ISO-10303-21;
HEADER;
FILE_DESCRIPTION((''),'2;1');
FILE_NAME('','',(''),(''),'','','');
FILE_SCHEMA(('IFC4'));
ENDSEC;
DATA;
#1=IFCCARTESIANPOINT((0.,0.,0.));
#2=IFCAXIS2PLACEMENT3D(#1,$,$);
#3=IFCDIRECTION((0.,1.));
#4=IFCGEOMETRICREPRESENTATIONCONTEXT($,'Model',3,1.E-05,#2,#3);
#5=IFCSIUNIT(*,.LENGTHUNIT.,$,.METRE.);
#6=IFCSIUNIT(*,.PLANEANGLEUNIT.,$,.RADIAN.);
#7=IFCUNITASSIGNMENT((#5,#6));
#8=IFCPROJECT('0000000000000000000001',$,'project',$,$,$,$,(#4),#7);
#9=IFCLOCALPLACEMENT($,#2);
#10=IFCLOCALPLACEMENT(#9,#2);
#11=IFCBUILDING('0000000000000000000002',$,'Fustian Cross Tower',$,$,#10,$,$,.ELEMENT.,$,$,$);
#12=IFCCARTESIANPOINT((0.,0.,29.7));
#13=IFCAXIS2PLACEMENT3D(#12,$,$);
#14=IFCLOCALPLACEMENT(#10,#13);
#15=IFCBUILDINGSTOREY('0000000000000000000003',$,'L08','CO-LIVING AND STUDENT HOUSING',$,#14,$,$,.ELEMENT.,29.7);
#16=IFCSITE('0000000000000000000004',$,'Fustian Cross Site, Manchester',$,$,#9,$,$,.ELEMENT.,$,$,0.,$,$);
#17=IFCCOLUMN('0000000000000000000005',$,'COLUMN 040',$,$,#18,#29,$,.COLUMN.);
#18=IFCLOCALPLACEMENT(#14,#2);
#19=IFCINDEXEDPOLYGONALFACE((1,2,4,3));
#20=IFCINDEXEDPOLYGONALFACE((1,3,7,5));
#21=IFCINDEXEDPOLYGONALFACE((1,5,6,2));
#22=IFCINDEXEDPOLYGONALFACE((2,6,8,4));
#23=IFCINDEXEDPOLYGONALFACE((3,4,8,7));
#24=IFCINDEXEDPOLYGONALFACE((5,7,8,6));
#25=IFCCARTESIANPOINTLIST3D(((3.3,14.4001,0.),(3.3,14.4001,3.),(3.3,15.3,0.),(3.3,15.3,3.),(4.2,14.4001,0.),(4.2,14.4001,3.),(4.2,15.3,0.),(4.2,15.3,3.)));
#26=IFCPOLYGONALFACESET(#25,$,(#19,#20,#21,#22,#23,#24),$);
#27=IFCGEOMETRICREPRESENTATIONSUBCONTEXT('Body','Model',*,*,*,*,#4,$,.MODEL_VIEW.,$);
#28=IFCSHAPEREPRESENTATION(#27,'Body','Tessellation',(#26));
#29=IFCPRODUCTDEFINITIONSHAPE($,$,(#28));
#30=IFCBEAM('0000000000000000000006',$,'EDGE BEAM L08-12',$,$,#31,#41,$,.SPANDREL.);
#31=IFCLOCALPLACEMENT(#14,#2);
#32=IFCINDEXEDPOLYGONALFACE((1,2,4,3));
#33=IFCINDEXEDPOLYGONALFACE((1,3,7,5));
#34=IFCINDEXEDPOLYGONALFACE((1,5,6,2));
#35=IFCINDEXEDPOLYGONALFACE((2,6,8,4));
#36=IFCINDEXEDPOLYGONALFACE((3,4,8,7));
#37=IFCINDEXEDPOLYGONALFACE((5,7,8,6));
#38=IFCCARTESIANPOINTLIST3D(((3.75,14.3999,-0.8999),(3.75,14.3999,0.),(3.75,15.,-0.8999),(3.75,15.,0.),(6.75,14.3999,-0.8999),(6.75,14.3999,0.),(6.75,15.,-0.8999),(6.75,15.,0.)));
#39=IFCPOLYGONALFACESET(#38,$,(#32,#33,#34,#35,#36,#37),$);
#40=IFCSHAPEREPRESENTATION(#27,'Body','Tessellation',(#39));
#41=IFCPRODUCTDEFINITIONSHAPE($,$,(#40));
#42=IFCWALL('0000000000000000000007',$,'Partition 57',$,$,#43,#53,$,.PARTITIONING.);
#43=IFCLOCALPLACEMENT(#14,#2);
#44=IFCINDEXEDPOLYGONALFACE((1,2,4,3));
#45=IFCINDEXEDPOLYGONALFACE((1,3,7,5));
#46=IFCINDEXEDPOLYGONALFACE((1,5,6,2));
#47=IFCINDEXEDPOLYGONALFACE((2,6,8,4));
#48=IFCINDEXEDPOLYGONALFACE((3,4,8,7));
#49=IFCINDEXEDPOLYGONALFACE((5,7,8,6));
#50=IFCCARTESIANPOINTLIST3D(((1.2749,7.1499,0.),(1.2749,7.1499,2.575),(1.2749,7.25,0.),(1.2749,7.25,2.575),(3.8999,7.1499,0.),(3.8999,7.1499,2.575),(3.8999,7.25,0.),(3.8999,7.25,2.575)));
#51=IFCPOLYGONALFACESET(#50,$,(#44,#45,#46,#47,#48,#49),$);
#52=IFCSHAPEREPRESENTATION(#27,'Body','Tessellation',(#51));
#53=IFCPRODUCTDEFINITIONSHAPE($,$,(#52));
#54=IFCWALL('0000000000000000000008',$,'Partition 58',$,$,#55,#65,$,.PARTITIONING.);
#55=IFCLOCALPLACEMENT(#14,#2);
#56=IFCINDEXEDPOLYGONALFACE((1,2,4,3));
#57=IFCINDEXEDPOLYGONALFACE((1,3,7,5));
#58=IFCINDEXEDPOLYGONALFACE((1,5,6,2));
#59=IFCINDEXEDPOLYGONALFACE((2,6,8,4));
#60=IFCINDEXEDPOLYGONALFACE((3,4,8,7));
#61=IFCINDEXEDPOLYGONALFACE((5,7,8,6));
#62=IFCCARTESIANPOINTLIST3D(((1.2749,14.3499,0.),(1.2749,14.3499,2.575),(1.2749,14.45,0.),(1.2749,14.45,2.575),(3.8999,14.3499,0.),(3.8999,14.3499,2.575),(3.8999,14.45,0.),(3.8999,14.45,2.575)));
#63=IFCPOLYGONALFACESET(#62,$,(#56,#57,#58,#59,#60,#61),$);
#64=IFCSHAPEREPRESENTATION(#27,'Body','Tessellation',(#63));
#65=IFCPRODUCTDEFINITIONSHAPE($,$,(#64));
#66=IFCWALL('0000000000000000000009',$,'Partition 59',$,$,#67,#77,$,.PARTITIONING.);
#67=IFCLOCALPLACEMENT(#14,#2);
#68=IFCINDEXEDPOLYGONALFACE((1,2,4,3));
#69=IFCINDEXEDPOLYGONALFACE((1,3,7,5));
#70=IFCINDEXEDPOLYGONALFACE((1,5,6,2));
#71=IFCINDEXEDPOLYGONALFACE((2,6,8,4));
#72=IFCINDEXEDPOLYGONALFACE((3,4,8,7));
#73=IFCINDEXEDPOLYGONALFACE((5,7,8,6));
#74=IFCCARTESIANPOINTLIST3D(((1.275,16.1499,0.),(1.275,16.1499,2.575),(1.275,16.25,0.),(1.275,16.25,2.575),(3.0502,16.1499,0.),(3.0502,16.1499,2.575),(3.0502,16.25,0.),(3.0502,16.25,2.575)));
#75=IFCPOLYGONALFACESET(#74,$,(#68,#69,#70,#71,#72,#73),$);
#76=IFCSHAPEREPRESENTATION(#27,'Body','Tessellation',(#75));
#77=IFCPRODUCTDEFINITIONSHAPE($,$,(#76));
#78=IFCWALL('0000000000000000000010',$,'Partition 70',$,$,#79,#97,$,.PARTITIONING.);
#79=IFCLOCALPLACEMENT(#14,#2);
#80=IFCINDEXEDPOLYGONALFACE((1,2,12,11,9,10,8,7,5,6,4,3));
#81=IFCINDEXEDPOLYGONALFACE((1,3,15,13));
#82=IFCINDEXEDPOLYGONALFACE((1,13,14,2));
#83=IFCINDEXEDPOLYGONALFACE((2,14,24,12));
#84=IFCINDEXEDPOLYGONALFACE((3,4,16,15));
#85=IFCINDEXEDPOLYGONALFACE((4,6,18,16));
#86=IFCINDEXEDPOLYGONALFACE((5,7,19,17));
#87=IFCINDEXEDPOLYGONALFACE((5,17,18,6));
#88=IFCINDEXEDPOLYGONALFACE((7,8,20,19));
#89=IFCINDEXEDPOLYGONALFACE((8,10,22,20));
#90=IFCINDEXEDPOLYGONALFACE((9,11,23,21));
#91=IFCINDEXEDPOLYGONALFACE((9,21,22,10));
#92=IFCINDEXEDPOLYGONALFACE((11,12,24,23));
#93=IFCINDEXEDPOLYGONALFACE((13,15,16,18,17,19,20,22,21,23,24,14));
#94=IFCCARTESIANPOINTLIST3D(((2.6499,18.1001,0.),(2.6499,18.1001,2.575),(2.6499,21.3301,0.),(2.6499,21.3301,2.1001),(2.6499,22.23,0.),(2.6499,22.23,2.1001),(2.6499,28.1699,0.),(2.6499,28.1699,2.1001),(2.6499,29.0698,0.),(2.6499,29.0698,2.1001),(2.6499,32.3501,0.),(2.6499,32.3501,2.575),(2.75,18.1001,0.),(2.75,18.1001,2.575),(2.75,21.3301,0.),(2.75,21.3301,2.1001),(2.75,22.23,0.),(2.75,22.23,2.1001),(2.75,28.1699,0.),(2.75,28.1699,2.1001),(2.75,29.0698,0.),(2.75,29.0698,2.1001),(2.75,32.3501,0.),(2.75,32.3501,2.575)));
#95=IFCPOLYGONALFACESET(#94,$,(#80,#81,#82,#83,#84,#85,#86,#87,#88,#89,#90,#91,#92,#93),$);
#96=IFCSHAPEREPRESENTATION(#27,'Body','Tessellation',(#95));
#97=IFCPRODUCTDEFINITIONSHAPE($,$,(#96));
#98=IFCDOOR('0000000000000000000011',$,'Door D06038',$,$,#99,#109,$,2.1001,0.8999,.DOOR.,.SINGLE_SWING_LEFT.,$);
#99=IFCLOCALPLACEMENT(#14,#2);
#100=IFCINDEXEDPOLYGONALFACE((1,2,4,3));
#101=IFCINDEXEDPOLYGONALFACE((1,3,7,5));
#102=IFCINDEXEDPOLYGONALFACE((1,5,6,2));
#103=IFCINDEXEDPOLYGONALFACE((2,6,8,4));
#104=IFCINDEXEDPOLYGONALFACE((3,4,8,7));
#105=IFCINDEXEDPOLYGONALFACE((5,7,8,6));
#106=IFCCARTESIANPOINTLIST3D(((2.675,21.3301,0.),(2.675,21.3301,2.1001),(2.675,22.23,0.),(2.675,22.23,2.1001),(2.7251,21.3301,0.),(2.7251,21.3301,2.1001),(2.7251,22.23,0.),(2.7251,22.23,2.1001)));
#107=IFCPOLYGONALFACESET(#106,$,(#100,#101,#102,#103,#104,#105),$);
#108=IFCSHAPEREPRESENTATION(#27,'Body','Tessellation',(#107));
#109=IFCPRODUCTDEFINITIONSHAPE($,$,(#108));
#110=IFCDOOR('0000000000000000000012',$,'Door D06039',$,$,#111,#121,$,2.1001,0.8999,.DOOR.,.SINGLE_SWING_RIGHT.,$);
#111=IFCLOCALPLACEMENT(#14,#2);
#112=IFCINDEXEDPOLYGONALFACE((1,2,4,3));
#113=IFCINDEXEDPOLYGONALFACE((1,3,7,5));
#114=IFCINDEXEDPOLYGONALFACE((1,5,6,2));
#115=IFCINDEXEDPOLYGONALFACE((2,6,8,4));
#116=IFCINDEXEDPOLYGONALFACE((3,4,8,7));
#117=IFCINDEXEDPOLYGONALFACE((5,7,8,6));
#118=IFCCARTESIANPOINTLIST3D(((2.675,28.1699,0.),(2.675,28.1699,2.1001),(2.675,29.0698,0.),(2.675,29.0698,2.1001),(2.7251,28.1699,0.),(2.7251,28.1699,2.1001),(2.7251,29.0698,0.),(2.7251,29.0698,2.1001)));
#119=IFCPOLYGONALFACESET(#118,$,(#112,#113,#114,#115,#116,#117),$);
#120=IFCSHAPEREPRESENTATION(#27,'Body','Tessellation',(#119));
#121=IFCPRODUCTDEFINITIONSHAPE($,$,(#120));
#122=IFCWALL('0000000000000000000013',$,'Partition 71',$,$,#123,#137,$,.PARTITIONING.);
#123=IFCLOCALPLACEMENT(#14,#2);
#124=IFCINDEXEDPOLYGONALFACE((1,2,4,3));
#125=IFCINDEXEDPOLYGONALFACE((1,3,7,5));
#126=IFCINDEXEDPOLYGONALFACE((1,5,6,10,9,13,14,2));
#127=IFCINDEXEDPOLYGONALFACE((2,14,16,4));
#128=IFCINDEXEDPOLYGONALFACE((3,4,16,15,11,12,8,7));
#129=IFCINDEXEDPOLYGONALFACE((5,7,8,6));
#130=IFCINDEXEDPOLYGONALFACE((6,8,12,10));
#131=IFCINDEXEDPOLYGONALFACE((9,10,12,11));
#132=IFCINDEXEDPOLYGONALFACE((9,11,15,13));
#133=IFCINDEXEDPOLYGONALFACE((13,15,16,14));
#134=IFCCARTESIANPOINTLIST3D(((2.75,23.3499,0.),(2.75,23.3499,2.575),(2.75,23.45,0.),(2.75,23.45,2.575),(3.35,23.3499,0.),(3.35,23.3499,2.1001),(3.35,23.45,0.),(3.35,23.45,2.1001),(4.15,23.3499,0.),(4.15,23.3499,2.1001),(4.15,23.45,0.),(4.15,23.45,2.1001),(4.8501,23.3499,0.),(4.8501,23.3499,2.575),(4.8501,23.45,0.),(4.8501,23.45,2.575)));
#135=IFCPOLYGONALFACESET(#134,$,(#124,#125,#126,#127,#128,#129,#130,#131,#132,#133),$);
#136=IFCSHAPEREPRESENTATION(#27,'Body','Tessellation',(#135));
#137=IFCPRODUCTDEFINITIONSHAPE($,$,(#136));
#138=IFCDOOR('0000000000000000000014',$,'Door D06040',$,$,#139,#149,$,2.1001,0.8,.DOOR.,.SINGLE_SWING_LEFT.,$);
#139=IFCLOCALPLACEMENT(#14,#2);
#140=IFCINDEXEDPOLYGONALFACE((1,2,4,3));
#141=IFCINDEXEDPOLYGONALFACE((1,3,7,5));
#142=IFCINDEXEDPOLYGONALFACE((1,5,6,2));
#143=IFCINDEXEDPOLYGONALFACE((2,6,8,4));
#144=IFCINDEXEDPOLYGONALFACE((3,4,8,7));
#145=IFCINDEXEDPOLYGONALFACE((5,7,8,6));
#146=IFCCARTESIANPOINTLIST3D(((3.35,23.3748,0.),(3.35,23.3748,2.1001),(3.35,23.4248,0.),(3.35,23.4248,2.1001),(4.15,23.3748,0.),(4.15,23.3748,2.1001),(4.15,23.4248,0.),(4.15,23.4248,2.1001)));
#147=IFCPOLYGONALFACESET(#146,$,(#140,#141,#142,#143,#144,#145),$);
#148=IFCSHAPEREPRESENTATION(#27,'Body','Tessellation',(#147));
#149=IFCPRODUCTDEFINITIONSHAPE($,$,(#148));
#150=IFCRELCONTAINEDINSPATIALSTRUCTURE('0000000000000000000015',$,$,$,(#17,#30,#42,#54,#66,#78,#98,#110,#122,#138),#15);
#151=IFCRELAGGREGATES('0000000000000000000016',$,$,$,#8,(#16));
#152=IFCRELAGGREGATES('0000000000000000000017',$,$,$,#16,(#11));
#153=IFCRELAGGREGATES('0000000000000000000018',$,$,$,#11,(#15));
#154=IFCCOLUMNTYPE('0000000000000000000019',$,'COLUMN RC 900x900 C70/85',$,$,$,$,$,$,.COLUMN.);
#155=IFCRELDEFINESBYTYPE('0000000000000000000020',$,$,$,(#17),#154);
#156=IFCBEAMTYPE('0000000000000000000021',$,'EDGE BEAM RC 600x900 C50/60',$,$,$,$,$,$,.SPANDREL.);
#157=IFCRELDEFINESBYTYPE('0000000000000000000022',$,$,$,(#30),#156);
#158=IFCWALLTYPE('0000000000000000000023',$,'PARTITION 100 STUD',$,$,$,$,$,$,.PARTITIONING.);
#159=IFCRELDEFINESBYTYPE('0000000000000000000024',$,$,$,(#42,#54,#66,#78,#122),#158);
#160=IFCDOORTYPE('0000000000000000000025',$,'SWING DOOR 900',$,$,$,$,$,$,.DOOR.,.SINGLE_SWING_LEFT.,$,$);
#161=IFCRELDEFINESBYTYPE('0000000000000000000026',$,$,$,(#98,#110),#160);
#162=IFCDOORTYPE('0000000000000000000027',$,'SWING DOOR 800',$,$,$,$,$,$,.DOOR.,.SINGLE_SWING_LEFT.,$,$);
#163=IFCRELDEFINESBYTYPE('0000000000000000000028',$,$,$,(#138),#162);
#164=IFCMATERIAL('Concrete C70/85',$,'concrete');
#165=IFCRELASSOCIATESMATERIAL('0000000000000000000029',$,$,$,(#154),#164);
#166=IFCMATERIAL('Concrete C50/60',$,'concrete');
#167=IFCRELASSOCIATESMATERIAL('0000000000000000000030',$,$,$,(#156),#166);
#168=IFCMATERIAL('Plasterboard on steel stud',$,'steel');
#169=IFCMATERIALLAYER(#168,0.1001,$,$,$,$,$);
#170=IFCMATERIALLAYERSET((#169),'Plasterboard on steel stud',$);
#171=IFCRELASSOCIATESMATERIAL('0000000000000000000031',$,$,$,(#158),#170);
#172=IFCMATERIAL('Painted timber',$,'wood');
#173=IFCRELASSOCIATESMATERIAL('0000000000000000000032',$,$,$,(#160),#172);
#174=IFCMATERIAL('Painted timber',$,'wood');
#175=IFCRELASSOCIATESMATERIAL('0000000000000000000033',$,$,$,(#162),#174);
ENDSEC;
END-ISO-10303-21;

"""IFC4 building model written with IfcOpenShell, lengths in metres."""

from ifc_helpers import new_model, si_unit, direction, frame, frame_2d, origin, origin_2d, place, context, subcontext, project, spatial, rectangle, extrude, material, layer, layer_set, material_profile, profile_set, type_object, element, fill, save


model = new_model("IFC4")

# Units and contexts
model_context = context("Model", 3, precision=1e-05, world=origin(), true_north=direction((0.0, 1.0)))
body_context = subcontext(model_context, "Body", "Model", "MODEL_VIEW")
ifc_project = project(units=[si_unit("LENGTHUNIT", "METRE"), si_unit("PLANEANGLEUNIT", "RADIAN")], contexts=[model_context])

# Site, building, storey
site_placement = place(None, origin())
site = spatial("IfcSite", under=ifc_project, at=site_placement, Name="Fustian Cross Site, Manchester", CompositionType="ELEMENT", RefElevation=0.0)
building_placement = place(site_placement, origin())
building = spatial("IfcBuilding", under=site, at=building_placement, Name="Fustian Cross Tower", CompositionType="ELEMENT")
storey_placement = place(building_placement, frame((0.0, 0.0, 29.7)))
storey = spatial("IfcBuildingStorey", under=building, at=storey_placement, Name="L08", Description="CO-LIVING AND STUDENT HOUSING", CompositionType="ELEMENT", Elevation=29.7)

# Column
ifc_material_1 = material(Name="Concrete C70/85", Category="concrete")
ifc_material_profile_1 = material_profile(ifc_material_1, rectangle(XDim=0.8999, YDim=0.8999, at=origin_2d()), Name="RC 900x900")
ifc_profile_set_1 = profile_set([ifc_material_profile_1], Name="Concrete C70/85")
column_type = type_object("IfcColumnType", Name="COLUMN RC 900x900 C70/85", PredefinedType="COLUMN", material=ifc_profile_set_1)
column_placement = place(storey_placement, frame((3.75, 14.8501, 0.0), z_axis=(0.0, 0.0, 1.0), x_axis=(1.0, 0.0, 0.0)))
element("IfcColumn", 1, at=column_placement, inside=storey, type_object=column_type, Name="COLUMN 040", PredefinedType="COLUMN", context=body_context, shape_type="SweptSolid", body=[
    extrude(rectangle(XDim=0.8999, YDim=0.8999, at=origin_2d()), origin(), (0.0, 0.0, 1.0), 3.0),
])

# Beam
ifc_material_2 = material(Name="Concrete C50/60", Category="concrete")
ifc_material_profile_2 = material_profile(ifc_material_2, rectangle(XDim=0.6001, YDim=0.8999, at=origin_2d()), Name="RC 600x900")
ifc_profile_set_2 = profile_set([ifc_material_profile_2], Name="Concrete C50/60")
beam_type = type_object("IfcBeamType", Name="EDGE BEAM RC 600x900 C50/60", PredefinedType="SPANDREL", material=ifc_profile_set_2)
beam_placement = place(storey_placement, frame((3.75, 14.7, -0.45), z_axis=(1.0, 0.0, 0.0), x_axis=(0.0, 1.0, 0.0)))
element("IfcBeam", 2, at=beam_placement, inside=storey, type_object=beam_type, Name="EDGE BEAM L08-12", PredefinedType="SPANDREL", context=body_context, shape_type="SweptSolid", body=[
    extrude(rectangle(XDim=0.6001, YDim=0.8999, at=origin_2d()), origin(), (0.0, 0.0, 1.0), 3.0),
])

# Walls
ifc_material_3 = material(Name="Plasterboard on steel stud", Category="steel")
ifc_layer_1 = layer(ifc_material_3, 0.1001)
ifc_layer_set_1 = layer_set([ifc_layer_1], Name="Plasterboard on steel stud")
wall_type_1 = type_object("IfcWallType", Name="PARTITION 100 STUD", PredefinedType="PARTITIONING", material=ifc_layer_set_1)
for number, where, z_axis, x_axis, name in (
    (3, (1.2749, 7.2, 0.0), (0.0, 0.0, 1.0), (1.0, 0.0, 0.0), "Partition 57"),
    (4, (1.2749, 14.3999, 0.0), (0.0, 0.0, 1.0), (1.0, 0.0, 0.0), "Partition 58"),
):
    element("IfcWall", number, at=place(storey_placement, frame(where, z_axis=z_axis, x_axis=x_axis)), inside=storey, type_object=wall_type_1, Name=name, PredefinedType="PARTITIONING", context=body_context, shape_type="SweptSolid", body=[
        extrude(rectangle(XDim=2.625, YDim=0.1001, at=frame_2d((1.3125, 0.0))), origin(), (0.0, 0.0, 1.0), 2.575),
    ])
wall_1_placement = place(storey_placement, frame((1.2749, 16.2, 0.0), z_axis=(0.0, 0.0, 1.0), x_axis=(1.0, 0.0, 0.0)))
element("IfcWall", 5, at=wall_1_placement, inside=storey, type_object=wall_type_1, Name="Partition 59", PredefinedType="PARTITIONING", context=body_context, shape_type="SweptSolid", body=[
    extrude(rectangle(XDim=1.7751, YDim=0.1001, at=frame_2d((0.8877, 0.0))), origin(), (0.0, 0.0, 1.0), 2.575),
])

# Wall, openings, doors
wall_2_placement = place(storey_placement, frame((2.7, 18.1001, 0.0), z_axis=(0.0, 0.0, 1.0), x_axis=(0.0, 1.0, 0.0)))
wall_2 = element("IfcWall", 6, at=wall_2_placement, inside=storey, type_object=wall_type_1, Name="Partition 70", PredefinedType="PARTITIONING", context=body_context, shape_type="SweptSolid", body=[
    extrude(rectangle(XDim=14.25, YDim=0.1001, at=frame_2d((7.125, 0.0))), origin(), (0.0, 0.0, 1.0), 2.575),
])
opening_1_placement = place(wall_2_placement, frame((3.23, 0.0, 0.0)))
opening_1 = element("IfcOpeningElement", 7, at=opening_1_placement, cuts=wall_2, PredefinedType="OPENING", context=body_context, shape_type="SweptSolid", body=[
    extrude(rectangle(XDim=0.8999, YDim=2.1001, at=frame_2d((0.45, 1.05))), frame((0.0, 0.0601, 0.0), z_axis=(0.0, -1.0, 0.0), x_axis=(1.0, 0.0, 0.0)), (0.0, 0.0, 1.0), 0.1201),
])
opening_2_placement = place(wall_2_placement, frame((10.0698, 0.0, 0.0)))
opening_2 = element("IfcOpeningElement", 8, at=opening_2_placement, cuts=wall_2, PredefinedType="OPENING", context=body_context, shape_type="SweptSolid", body=[
    extrude(rectangle(XDim=0.8999, YDim=2.1001, at=frame_2d((0.45, 1.05))), frame((0.0, 0.0601, 0.0), z_axis=(0.0, -1.0, 0.0), x_axis=(1.0, 0.0, 0.0)), (0.0, 0.0, 1.0), 0.1201),
])
ifc_material_4 = material(Name="Painted timber", Category="wood")
door_type_1 = type_object("IfcDoorType", Name="SWING DOOR 900", OperationType="SINGLE_SWING_LEFT", PredefinedType="DOOR", material=ifc_material_4)
door_1_placement = place(opening_1_placement, origin())
door_1 = element("IfcDoor", 9, at=door_1_placement, inside=storey, type_object=door_type_1, Name="Door D06038", OperationType="SINGLE_SWING_LEFT", OverallHeight=2.1001, OverallWidth=0.8999, PredefinedType="DOOR", context=body_context, shape_type="SweptSolid", body=[
    extrude(rectangle(XDim=0.8999, YDim=2.1001, at=frame_2d((0.45, 1.05))), frame((0.0, 0.0249, 0.0), z_axis=(0.0, -1.0, 0.0), x_axis=(1.0, 0.0, 0.0)), (0.0, 0.0, 1.0), 0.05),
])
fill(opening_1, door_1)
door_2_placement = place(opening_2_placement, origin())
door_2 = element("IfcDoor", 10, at=door_2_placement, inside=storey, type_object=door_type_1, Name="Door D06039", OperationType="SINGLE_SWING_RIGHT", OverallHeight=2.1001, OverallWidth=0.8999, PredefinedType="DOOR", context=body_context, shape_type="SweptSolid", body=[
    extrude(rectangle(XDim=0.8999, YDim=2.1001, at=frame_2d((0.45, 1.05))), frame((0.0, 0.0249, 0.0), z_axis=(0.0, -1.0, 0.0), x_axis=(1.0, 0.0, 0.0)), (0.0, 0.0, 1.0), 0.05),
])
fill(opening_2, door_2)

# Wall, opening, door
wall_3_placement = place(storey_placement, frame((2.75, 23.3999, 0.0), z_axis=(0.0, 0.0, 1.0), x_axis=(1.0, 0.0, 0.0)))
wall_3 = element("IfcWall", 11, at=wall_3_placement, inside=storey, type_object=wall_type_1, Name="Partition 71", PredefinedType="PARTITIONING", context=body_context, shape_type="SweptSolid", body=[
    extrude(rectangle(XDim=2.1001, YDim=0.1001, at=frame_2d((1.05, 0.0))), origin(), (0.0, 0.0, 1.0), 2.575),
])
opening_3_placement = place(wall_3_placement, frame((0.6001, 0.0, 0.0)))
opening_3 = element("IfcOpeningElement", 12, at=opening_3_placement, cuts=wall_3, PredefinedType="OPENING", context=body_context, shape_type="SweptSolid", body=[
    extrude(rectangle(XDim=0.8, YDim=2.1001, at=frame_2d((0.3999, 1.05))), frame((0.0, 0.0601, 0.0), z_axis=(0.0, -1.0, 0.0), x_axis=(1.0, 0.0, 0.0)), (0.0, 0.0, 1.0), 0.1201),
])
ifc_material_5 = material(Name="Painted timber", Category="wood")
door_type_2 = type_object("IfcDoorType", Name="SWING DOOR 800", OperationType="SINGLE_SWING_LEFT", PredefinedType="DOOR", material=ifc_material_5)
door_3_placement = place(opening_3_placement, origin())
door_3 = element("IfcDoor", 13, at=door_3_placement, inside=storey, type_object=door_type_2, Name="Door D06040", OperationType="SINGLE_SWING_LEFT", OverallHeight=2.1001, OverallWidth=0.8, PredefinedType="DOOR", context=body_context, shape_type="SweptSolid", body=[
    extrude(rectangle(XDim=0.8, YDim=2.1001, at=frame_2d((0.3999, 1.05))), frame((0.0, 0.0249, 0.0), z_axis=(0.0, -1.0, 0.0), x_axis=(1.0, 0.0, 0.0)), (0.0, 0.0, 1.0), 0.05),
])
fill(opening_3, door_3)

save(model, "model.ifc")
